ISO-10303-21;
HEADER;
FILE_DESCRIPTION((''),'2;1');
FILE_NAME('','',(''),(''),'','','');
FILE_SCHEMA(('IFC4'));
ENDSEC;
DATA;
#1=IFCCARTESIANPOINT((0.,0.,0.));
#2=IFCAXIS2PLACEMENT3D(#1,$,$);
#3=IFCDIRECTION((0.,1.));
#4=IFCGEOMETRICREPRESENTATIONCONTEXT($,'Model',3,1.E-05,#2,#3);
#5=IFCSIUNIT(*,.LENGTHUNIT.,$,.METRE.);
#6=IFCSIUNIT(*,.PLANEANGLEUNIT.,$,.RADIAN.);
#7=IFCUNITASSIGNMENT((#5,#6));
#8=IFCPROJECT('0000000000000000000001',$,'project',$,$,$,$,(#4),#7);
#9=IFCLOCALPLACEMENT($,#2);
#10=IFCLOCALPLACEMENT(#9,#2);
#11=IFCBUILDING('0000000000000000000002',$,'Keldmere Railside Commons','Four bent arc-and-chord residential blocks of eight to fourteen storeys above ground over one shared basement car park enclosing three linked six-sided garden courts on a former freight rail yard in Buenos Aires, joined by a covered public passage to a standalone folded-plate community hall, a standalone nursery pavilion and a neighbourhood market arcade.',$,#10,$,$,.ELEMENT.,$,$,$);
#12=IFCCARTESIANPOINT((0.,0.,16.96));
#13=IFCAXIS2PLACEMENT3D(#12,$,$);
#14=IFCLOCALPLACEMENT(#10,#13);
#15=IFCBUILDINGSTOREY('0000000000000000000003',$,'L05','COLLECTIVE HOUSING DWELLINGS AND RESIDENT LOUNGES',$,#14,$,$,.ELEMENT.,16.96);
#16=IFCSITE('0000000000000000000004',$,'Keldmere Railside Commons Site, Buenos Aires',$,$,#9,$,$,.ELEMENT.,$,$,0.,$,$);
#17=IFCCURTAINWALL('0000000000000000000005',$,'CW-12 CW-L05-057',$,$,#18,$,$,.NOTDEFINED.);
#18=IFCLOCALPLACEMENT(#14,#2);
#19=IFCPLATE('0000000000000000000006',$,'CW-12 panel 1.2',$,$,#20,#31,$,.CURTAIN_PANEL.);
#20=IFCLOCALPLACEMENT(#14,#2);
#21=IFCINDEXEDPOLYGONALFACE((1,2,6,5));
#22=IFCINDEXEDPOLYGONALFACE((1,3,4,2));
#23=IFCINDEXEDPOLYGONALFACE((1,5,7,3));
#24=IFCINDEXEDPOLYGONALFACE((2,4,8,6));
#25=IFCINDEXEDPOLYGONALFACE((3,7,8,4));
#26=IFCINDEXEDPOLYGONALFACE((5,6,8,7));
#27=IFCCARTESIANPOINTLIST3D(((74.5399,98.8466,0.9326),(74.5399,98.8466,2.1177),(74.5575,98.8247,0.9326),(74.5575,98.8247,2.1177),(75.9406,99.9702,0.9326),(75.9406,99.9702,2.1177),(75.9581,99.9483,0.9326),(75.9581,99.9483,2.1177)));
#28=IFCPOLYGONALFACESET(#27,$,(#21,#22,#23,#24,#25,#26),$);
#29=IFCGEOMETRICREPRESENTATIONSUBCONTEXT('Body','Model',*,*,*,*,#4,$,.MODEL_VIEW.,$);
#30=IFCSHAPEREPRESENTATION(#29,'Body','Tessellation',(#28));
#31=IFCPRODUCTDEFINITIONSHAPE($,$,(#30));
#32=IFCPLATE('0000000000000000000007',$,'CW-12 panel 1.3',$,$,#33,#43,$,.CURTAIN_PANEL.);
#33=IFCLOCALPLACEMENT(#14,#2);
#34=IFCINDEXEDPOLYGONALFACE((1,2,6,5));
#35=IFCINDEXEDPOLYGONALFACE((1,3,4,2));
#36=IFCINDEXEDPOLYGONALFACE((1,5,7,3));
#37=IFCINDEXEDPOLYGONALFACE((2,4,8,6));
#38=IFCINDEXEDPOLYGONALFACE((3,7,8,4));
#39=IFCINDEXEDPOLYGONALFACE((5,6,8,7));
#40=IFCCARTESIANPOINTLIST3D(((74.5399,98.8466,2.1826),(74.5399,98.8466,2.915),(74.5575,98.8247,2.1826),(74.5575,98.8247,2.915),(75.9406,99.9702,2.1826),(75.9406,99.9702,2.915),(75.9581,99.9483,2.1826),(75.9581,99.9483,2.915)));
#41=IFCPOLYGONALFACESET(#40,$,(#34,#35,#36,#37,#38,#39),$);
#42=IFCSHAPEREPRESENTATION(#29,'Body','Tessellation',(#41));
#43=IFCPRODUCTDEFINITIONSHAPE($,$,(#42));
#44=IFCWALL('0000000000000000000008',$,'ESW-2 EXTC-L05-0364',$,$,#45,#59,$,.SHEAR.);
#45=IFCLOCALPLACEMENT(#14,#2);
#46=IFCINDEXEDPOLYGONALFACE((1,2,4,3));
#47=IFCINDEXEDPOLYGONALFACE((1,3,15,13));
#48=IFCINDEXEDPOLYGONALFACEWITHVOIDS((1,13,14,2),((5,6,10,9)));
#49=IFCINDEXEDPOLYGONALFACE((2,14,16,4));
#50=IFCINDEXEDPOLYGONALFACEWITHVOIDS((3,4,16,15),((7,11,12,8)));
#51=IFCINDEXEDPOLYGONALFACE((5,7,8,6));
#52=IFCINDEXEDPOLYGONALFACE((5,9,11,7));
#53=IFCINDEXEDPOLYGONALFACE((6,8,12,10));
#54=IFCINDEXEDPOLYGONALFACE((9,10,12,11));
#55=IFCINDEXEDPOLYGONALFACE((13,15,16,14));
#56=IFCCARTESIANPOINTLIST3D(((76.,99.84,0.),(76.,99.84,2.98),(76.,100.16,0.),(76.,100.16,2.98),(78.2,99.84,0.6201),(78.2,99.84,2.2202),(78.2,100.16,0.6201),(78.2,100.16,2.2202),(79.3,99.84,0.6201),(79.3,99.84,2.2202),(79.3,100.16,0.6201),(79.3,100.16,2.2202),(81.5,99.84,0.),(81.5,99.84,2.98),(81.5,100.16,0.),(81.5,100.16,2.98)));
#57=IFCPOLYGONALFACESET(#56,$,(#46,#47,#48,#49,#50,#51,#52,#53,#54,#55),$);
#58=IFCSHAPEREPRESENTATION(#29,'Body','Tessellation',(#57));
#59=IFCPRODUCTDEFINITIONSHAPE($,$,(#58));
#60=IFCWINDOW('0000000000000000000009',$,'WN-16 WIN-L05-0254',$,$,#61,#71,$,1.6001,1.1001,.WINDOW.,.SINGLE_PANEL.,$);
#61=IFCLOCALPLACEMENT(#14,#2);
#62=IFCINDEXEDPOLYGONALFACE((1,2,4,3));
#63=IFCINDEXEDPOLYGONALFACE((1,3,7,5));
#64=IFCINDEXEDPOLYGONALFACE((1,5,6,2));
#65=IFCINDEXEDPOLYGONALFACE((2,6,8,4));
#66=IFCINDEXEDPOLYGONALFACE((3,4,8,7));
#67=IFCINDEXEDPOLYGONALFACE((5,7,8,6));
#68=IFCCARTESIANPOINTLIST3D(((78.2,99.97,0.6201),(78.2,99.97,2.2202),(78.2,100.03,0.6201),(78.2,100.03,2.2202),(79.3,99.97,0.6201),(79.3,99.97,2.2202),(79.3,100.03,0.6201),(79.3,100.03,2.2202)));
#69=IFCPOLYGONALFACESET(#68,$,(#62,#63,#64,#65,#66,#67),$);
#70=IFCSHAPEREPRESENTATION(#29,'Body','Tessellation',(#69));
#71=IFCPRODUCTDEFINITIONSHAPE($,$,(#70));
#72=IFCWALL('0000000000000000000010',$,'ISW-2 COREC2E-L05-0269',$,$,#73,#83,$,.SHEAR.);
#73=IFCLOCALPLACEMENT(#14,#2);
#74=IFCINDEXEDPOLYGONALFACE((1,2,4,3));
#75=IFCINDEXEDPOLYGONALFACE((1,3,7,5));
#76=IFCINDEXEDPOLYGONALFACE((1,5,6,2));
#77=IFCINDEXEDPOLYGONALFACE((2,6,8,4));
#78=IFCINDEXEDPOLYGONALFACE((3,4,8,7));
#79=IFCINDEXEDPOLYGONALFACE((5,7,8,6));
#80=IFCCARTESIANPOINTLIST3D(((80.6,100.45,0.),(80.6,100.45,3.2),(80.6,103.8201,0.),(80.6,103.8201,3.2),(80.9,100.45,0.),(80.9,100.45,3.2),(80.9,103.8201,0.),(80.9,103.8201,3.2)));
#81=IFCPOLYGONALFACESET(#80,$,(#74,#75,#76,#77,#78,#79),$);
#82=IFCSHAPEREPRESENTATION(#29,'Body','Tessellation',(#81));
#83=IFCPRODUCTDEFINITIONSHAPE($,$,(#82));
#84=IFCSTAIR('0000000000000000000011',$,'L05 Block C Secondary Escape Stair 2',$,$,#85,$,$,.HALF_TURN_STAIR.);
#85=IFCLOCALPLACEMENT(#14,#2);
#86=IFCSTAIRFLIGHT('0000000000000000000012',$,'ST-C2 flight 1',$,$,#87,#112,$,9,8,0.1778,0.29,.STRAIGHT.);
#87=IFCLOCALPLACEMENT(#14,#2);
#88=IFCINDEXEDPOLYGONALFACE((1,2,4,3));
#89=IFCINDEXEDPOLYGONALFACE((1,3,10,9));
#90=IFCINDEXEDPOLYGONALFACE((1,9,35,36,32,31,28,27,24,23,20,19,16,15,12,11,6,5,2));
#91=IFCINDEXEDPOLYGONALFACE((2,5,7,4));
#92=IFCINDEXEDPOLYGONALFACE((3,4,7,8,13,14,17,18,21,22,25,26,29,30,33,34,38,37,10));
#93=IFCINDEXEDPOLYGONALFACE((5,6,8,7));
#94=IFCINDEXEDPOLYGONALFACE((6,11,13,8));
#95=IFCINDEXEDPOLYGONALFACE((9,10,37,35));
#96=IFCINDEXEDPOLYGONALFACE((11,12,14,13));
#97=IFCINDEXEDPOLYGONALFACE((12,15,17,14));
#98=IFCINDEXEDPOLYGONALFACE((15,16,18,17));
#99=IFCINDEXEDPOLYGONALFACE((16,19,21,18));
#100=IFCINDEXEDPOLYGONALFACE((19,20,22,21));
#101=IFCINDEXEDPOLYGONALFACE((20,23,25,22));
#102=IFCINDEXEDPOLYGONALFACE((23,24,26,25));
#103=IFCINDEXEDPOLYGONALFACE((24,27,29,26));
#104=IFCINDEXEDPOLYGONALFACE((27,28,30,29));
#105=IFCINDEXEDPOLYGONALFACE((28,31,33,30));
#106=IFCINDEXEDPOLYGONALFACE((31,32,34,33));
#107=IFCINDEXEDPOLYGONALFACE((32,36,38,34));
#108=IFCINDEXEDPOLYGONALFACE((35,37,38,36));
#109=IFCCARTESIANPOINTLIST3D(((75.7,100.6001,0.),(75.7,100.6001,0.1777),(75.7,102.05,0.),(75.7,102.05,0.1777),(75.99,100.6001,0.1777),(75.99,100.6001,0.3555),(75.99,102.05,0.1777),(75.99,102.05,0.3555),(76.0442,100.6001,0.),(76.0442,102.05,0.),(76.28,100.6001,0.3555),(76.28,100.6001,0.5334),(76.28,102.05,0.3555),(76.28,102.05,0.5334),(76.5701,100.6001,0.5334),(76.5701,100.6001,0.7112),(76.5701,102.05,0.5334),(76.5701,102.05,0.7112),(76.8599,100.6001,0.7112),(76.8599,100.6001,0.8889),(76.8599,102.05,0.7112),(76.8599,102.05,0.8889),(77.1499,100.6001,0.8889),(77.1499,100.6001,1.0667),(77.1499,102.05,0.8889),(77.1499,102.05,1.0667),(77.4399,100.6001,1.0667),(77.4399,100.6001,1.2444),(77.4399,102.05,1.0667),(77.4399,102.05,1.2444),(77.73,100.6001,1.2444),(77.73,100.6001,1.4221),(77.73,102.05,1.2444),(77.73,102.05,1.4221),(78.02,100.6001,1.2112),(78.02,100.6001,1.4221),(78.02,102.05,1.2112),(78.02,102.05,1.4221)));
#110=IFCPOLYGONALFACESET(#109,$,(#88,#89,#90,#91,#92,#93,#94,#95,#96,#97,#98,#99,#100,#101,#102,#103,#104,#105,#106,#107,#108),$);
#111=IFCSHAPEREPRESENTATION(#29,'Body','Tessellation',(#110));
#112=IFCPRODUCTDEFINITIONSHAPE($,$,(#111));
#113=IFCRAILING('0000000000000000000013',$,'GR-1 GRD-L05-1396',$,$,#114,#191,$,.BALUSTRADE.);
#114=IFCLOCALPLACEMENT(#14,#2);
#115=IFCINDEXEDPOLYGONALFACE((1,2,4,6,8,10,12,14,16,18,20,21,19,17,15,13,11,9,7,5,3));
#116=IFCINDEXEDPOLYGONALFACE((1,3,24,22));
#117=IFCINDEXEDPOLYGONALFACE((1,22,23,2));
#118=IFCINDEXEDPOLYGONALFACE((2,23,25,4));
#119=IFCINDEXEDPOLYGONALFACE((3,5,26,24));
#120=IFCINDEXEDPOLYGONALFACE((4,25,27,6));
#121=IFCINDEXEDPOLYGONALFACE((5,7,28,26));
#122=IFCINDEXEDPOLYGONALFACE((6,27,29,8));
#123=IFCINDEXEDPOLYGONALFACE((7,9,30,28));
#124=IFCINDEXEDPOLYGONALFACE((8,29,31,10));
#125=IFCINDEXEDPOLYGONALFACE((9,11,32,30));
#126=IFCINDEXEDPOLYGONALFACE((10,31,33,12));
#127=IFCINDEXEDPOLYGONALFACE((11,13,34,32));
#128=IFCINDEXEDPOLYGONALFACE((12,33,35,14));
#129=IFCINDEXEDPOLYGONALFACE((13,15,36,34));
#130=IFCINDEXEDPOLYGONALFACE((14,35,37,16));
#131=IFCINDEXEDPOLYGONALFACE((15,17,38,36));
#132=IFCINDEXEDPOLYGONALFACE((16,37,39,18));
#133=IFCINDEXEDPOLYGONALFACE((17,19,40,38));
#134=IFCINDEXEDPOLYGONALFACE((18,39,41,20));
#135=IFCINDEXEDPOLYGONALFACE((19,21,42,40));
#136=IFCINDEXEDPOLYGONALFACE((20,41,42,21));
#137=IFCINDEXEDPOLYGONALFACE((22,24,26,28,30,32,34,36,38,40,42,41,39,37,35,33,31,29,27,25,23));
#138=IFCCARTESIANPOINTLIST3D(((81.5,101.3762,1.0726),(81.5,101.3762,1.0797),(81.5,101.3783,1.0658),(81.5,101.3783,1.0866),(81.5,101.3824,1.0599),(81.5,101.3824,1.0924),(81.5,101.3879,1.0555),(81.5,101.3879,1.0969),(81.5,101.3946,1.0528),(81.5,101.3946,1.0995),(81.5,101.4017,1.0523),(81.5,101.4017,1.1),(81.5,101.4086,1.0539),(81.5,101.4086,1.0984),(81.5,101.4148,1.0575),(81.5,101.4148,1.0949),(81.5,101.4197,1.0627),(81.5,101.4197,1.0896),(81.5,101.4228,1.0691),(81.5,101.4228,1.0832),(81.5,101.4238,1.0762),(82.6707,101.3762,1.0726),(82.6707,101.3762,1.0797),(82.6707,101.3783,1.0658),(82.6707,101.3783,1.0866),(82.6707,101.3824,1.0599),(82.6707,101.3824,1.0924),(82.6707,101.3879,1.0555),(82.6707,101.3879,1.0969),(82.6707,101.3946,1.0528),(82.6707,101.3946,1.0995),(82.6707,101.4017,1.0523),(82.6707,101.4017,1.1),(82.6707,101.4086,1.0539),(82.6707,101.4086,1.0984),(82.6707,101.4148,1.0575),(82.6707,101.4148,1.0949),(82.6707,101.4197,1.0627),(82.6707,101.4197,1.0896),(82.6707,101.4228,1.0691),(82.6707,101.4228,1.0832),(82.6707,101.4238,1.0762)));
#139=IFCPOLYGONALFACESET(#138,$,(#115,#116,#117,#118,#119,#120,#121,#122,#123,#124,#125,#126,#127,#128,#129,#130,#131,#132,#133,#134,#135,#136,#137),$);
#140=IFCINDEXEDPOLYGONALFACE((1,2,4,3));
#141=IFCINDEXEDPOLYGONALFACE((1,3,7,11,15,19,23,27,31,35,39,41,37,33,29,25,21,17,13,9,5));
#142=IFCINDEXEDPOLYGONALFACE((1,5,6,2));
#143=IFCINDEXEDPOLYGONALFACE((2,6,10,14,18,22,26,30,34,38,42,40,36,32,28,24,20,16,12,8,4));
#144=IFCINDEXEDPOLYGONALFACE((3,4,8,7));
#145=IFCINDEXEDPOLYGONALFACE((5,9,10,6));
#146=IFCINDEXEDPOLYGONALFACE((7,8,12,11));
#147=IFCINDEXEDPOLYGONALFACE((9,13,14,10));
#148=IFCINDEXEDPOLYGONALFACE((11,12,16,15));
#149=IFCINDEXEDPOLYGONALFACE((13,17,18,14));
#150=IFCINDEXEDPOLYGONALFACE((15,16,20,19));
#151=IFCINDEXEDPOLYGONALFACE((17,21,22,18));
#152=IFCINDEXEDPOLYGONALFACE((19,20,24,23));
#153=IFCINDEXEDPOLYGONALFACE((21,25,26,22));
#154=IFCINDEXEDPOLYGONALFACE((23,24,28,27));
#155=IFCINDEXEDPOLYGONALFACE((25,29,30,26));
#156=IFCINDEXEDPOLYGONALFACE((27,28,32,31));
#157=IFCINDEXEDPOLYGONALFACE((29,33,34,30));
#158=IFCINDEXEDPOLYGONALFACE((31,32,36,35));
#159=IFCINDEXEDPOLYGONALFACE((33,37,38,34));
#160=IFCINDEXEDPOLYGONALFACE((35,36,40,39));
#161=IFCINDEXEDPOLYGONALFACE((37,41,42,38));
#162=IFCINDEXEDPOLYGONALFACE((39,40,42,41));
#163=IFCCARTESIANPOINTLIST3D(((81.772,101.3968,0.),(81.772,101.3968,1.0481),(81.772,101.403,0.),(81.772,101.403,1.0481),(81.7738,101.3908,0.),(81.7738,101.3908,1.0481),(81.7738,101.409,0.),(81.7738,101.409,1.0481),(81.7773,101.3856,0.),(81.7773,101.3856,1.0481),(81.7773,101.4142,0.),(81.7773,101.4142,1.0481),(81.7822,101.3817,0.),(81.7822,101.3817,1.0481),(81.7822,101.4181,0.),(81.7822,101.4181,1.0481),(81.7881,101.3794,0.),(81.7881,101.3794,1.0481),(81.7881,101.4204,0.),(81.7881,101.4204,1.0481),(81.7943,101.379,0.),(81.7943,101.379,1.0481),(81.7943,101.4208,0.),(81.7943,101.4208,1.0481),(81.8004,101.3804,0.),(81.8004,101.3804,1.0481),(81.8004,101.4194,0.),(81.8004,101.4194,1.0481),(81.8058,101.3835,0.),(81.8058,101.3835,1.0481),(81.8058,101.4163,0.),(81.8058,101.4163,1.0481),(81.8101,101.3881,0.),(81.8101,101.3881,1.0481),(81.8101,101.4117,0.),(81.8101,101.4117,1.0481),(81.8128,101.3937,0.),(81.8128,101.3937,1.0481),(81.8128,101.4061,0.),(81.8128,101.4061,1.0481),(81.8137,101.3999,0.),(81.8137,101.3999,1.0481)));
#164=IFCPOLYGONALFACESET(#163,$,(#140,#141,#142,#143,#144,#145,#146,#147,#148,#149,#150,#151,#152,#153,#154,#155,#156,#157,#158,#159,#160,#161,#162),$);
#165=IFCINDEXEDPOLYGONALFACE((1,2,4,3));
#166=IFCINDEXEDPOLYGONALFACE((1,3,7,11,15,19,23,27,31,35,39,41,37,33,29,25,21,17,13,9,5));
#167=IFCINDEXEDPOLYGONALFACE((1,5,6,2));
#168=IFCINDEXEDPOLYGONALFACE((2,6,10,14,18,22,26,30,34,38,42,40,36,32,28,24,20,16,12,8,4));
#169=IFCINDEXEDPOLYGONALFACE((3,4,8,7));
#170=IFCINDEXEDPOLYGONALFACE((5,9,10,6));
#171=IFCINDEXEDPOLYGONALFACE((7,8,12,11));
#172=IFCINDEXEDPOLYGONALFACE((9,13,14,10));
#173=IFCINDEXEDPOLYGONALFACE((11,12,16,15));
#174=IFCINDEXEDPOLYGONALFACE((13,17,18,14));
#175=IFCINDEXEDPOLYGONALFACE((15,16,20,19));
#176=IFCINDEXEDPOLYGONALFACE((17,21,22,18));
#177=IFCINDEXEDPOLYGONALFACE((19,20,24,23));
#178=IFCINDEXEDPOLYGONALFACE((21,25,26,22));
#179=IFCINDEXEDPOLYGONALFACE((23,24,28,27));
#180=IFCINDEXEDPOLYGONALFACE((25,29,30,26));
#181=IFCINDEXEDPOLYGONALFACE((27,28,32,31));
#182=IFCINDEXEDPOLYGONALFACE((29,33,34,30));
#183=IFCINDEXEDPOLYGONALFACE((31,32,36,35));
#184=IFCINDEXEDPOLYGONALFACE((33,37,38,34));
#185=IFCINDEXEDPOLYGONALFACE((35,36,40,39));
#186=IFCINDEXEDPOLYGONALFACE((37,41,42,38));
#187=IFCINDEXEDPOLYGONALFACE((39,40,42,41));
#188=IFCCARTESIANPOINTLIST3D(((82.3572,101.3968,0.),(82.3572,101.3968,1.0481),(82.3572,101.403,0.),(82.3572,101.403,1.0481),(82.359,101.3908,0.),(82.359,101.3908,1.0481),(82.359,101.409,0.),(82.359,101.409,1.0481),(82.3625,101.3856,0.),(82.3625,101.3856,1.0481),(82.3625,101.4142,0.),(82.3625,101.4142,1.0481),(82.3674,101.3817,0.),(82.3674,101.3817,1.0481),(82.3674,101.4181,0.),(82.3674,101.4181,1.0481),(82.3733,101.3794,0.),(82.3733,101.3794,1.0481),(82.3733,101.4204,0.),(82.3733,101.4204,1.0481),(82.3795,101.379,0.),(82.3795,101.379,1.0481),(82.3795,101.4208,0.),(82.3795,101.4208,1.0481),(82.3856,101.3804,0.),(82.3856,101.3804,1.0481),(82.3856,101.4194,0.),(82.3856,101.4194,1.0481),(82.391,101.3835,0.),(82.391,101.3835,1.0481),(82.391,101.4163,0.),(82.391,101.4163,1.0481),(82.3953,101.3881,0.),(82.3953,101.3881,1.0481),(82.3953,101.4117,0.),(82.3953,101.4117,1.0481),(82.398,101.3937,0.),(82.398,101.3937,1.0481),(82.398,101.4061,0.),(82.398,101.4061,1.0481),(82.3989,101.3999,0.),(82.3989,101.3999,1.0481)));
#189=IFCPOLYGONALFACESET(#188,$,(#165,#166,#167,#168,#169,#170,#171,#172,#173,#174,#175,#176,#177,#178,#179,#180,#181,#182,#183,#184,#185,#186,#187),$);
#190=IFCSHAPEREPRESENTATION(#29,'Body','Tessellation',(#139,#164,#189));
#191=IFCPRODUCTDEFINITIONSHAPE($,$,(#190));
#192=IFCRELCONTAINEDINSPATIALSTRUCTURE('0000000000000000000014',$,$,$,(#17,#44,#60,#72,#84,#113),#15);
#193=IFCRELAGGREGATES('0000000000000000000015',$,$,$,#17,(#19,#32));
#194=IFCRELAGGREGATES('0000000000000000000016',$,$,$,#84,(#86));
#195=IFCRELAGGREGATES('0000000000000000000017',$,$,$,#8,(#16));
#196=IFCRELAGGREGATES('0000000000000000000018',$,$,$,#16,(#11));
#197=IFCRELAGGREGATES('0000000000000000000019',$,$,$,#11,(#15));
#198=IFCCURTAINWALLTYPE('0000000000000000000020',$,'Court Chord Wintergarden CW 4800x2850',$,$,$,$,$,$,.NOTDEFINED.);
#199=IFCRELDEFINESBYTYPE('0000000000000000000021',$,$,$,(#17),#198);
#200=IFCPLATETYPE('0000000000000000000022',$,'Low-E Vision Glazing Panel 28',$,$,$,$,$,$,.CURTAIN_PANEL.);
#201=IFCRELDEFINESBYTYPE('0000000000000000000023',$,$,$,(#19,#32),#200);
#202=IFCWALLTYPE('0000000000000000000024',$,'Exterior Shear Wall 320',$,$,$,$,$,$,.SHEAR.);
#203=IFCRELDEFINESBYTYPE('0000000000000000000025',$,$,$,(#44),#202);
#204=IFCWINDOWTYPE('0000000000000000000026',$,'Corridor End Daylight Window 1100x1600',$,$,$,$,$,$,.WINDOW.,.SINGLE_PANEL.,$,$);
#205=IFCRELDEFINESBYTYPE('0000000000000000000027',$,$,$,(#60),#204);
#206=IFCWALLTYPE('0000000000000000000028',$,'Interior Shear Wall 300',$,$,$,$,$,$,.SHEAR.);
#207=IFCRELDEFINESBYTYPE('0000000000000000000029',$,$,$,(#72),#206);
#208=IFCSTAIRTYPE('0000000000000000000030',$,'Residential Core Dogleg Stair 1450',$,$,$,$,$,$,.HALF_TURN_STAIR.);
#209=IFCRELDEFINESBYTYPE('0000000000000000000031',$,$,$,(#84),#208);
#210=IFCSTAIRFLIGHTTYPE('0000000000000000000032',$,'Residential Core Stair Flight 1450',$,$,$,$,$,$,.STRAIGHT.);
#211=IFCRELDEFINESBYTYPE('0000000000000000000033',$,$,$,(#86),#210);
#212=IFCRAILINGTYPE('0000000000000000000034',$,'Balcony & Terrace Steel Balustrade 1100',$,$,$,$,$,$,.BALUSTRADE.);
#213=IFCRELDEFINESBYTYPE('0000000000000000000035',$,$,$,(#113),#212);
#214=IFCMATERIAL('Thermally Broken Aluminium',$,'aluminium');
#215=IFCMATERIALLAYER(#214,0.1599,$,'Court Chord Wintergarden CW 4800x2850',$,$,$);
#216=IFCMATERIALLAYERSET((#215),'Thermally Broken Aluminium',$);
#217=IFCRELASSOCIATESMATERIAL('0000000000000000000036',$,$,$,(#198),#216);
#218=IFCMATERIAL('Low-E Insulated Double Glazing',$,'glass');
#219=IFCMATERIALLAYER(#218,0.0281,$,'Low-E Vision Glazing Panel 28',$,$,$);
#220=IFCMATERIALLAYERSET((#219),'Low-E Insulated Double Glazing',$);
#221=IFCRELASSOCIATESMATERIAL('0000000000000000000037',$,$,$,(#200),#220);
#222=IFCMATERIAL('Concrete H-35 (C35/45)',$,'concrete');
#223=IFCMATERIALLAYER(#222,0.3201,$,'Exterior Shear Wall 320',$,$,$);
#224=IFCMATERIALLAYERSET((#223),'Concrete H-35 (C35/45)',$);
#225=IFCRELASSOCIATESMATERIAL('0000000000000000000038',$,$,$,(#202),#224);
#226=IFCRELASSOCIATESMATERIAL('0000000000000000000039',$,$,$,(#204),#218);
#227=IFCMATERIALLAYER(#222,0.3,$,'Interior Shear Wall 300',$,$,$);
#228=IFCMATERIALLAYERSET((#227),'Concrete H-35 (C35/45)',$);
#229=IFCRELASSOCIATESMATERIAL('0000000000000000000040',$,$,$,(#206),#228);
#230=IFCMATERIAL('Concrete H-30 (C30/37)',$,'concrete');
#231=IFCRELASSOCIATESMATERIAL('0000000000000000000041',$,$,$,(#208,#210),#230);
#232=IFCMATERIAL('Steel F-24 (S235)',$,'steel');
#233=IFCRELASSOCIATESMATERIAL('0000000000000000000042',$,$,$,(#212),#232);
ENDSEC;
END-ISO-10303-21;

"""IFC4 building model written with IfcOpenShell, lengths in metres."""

from ifc_helpers import new_model, si_unit, direction, frame, frame_2d, origin, origin_2d, place, context, subcontext, project, spatial, polyline, rectangle, circle, outline, extrude, material, layer, layer_set, type_object, element, fill, aggregate, save


model = new_model("IFC4")

# Units and contexts
model_context = context("Model", 3, precision=1e-05, world=origin(), true_north=direction((0.0, 1.0)))
body_context = subcontext(model_context, "Body", "Model", "MODEL_VIEW")
ifc_project = project(units=[si_unit("LENGTHUNIT", "METRE"), si_unit("PLANEANGLEUNIT", "RADIAN")], contexts=[model_context])

# Site, building, storey
site_placement = place(None, origin())
site = spatial("IfcSite", under=ifc_project, at=site_placement, Name="Keldmere Railside Commons Site, Buenos Aires", CompositionType="ELEMENT", RefElevation=0.0)
building_placement = place(site_placement, origin())
building = spatial("IfcBuilding", under=site, at=building_placement, Name="Keldmere Railside Commons", Description="Four bent arc-and-chord residential blocks of eight to fourteen storeys above ground over one shared basement car park enclosing three linked six-sided garden courts on a former freight rail yard in Buenos Aires, joined by a covered public passage to a standalone folded-plate community hall, a standalone nursery pavilion and a neighbourhood market arcade.", CompositionType="ELEMENT")
storey_placement = place(building_placement, frame((0.0, 0.0, 16.96)))
storey = spatial("IfcBuildingStorey", under=building, at=storey_placement, Name="L05", Description="COLLECTIVE HOUSING DWELLINGS AND RESIDENT LOUNGES", CompositionType="ELEMENT", Elevation=16.96)

# Curtain wall, plates
ifc_material_1 = material(Name="Thermally Broken Aluminium", Category="aluminium")
ifc_layer_1 = layer(ifc_material_1, 0.1599, Name="Court Chord Wintergarden CW 4800x2850")
ifc_layer_set_1 = layer_set([ifc_layer_1], Name="Thermally Broken Aluminium")
curtain_wall_type = type_object("IfcCurtainWallType", Name="Court Chord Wintergarden CW 4800x2850", PredefinedType="NOTDEFINED", material=ifc_layer_set_1)
curtain_wall_placement = place(storey_placement, origin())
curtain_wall = element("IfcCurtainWall", 1, at=curtain_wall_placement, inside=storey, type_object=curtain_wall_type, Name="CW-12 CW-L05-057", PredefinedType="NOTDEFINED")
ifc_material_2 = material(Name="Low-E Insulated Double Glazing", Category="glass")
ifc_layer_2 = layer(ifc_material_2, 0.0281, Name="Low-E Vision Glazing Panel 28")
ifc_layer_set_2 = layer_set([ifc_layer_2], Name="Low-E Insulated Double Glazing")
plate_type = type_object("IfcPlateType", Name="Low-E Vision Glazing Panel 28", PredefinedType="CURTAIN_PANEL", material=ifc_layer_set_2)
plate_1_placement = place(storey_placement, frame((75.249, 99.3975, 0.9326), z_axis=(0.0, 0.0, 1.0), x_axis=(-0.780009, -0.625768, 0.0)))
plate_1 = element("IfcPlate", 2, at=plate_1_placement, type_object=plate_type, Name="CW-12 panel 1.2", PredefinedType="CURTAIN_PANEL", context=body_context, shape_type="SweptSolid", body=[
    extrude(rectangle(XDim=1.7957, YDim=0.0281, at=origin_2d()), origin(), (0.0, 0.0, 1.0), 1.1851),
])
plate_2_placement = place(storey_placement, frame((75.249, 99.3975, 2.1826), z_axis=(0.0, 0.0, 1.0), x_axis=(-0.780009, -0.625768, 0.0)))
plate_2 = element("IfcPlate", 3, at=plate_2_placement, type_object=plate_type, Name="CW-12 panel 1.3", PredefinedType="CURTAIN_PANEL", context=body_context, shape_type="SweptSolid", body=[
    extrude(rectangle(XDim=1.7957, YDim=0.0281, at=origin_2d()), origin(), (0.0, 0.0, 1.0), 0.7324),
])
aggregate(curtain_wall, [plate_1, plate_2])

# Wall, opening, window
ifc_material_3 = material(Name="Concrete H-35 (C35/45)", Category="concrete")
ifc_layer_3 = layer(ifc_material_3, 0.3201, Name="Exterior Shear Wall 320")
ifc_layer_set_3 = layer_set([ifc_layer_3], Name="Concrete H-35 (C35/45)")
wall_type_1 = type_object("IfcWallType", Name="Exterior Shear Wall 320", PredefinedType="SHEAR", material=ifc_layer_set_3)
wall_1_placement = place(storey_placement, frame((81.5, 100.0, 0.0), z_axis=(0.0, 0.0, 1.0), x_axis=(-1.0, 0.0, 0.0)))
wall_1 = element("IfcWall", 4, at=wall_1_placement, inside=storey, type_object=wall_type_1, Name="ESW-2 EXTC-L05-0364", PredefinedType="SHEAR", context=body_context, shape_type="SweptSolid", body=[
    extrude(rectangle(XDim=5.5, YDim=0.3201, at=frame_2d((2.75, 0.0))), origin(), (0.0, 0.0, 1.0), 2.98),
])
opening_placement = place(wall_1_placement, frame((2.2, 0.0, 0.6201)))
opening = element("IfcOpeningElement", 5, at=opening_placement, cuts=wall_1, PredefinedType="OPENING", context=body_context, shape_type="SweptSolid", body=[
    extrude(rectangle(XDim=1.1001, YDim=1.6001, at=frame_2d((0.55, 0.8))), frame((0.0, 0.1699, 0.0), z_axis=(0.0, -1.0, 0.0), x_axis=(1.0, 0.0, 0.0)), (0.0, 0.0, 1.0), 0.3401),
])
window_type = type_object("IfcWindowType", Name="Corridor End Daylight Window 1100x1600", PartitioningType="SINGLE_PANEL", PredefinedType="WINDOW", material=ifc_material_2)
window_placement = place(opening_placement, origin())
window = element("IfcWindow", 6, at=window_placement, inside=storey, type_object=window_type, Name="WN-16 WIN-L05-0254", OverallHeight=1.6001, OverallWidth=1.1001, PartitioningType="SINGLE_PANEL", PredefinedType="WINDOW", context=body_context, shape_type="SweptSolid", body=[
    extrude(rectangle(XDim=1.1001, YDim=1.6001, at=frame_2d((0.55, 0.8))), frame((0.0, 0.03, 0.0), z_axis=(0.0, -1.0, 0.0), x_axis=(1.0, 0.0, 0.0)), (0.0, 0.0, 1.0), 0.0601),
])
fill(opening, window)

# Wall
ifc_layer_4 = layer(ifc_material_3, 0.3, Name="Interior Shear Wall 300")
ifc_layer_set_4 = layer_set([ifc_layer_4], Name="Concrete H-35 (C35/45)")
wall_type_2 = type_object("IfcWallType", Name="Interior Shear Wall 300", PredefinedType="SHEAR", material=ifc_layer_set_4)
wall_2_placement = place(storey_placement, frame((80.75, 100.45, 0.0), z_axis=(0.0, 0.0, 1.0), x_axis=(0.0, 1.0, 0.0)))
element("IfcWall", 7, at=wall_2_placement, inside=storey, type_object=wall_type_2, Name="ISW-2 COREC2E-L05-0269", PredefinedType="SHEAR", context=body_context, shape_type="SweptSolid", body=[
    extrude(rectangle(XDim=3.3701, YDim=0.3, at=frame_2d((1.6851, 0.0))), origin(), (0.0, 0.0, 1.0), 3.2),
])

# Stair, stair flight
ifc_material_4 = material(Name="Concrete H-30 (C30/37)", Category="concrete")
stair_type = type_object("IfcStairType", Name="Residential Core Dogleg Stair 1450", PredefinedType="HALF_TURN_STAIR", material=ifc_material_4)
stair_placement = place(storey_placement, origin())
stair = element("IfcStair", 8, at=stair_placement, inside=storey, type_object=stair_type, Name="L05 Block C Secondary Escape Stair 2", PredefinedType="HALF_TURN_STAIR")
stair_flight_type = type_object("IfcStairFlightType", Name="Residential Core Stair Flight 1450", PredefinedType="STRAIGHT", material=ifc_material_4)
stair_flight_placement = place(storey_placement, frame((75.7, 101.325, 0.0), z_axis=(0.0, 0.0, 1.0), x_axis=(1.0, 0.0, 0.0)))
stair_flight = element("IfcStairFlight", 9, at=stair_flight_placement, type_object=stair_flight_type, Name="ST-C2 flight 1", NumberOfRisers=9, NumberOfTreads=8, PredefinedType="STRAIGHT", RiserHeight=0.1778, TreadLength=0.29, context=body_context, shape_type="SweptSolid", body=[
    extrude(outline(polyline([(0.0, 0.0), (0.0, 0.1777), (0.29, 0.1777), (0.29, 0.3555), (0.5801, 0.3555), (0.5801, 0.5334), (0.8701, 0.5334), (0.8701, 0.7112), (1.1599, 0.7112), (1.1599, 0.8889), (1.45, 0.8889), (1.45, 1.0667), (1.74, 1.0667), (1.74, 1.2444), (2.03, 1.2444), (2.03, 1.4221), (2.3201, 1.4221), (2.3201, 1.6001), (2.3201, 1.2112), (0.3442, 0.0), (0.0, 0.0)])), frame((0.0, 0.7251, 0.0), z_axis=(0.0, -1.0, 0.0), x_axis=(1.0, 0.0, 0.0)), (0.0, 0.0, 1.0), 1.45),
])
aggregate(stair, [stair_flight])

# Railing
ifc_material_5 = material(Name="Steel F-24 (S235)", Category="steel")
railing_type_1 = type_object("IfcRailingType", Name="Balcony & Terrace Steel Balustrade 1100", PredefinedType="BALUSTRADE", material=ifc_material_5)
railing_1_placement = place(storey_placement, frame((81.5, 101.3999, 0.0)))
element("IfcRailing", 10, at=railing_1_placement, inside=storey, type_object=railing_type_1, Name="GR-1 GRD-L05-1396", PredefinedType="BALUSTRADE", context=body_context, shape_type="SweptSolid", body=[
    extrude(circle(Radius=0.0239, at=origin_2d()), frame((0.0, 0.0, 1.0762), z_axis=(1.0, 0.0, 0.0), x_axis=(0.0, 1.0, 0.0)), (0.0, 0.0, 1.0), 1.1707),
    extrude(circle(Radius=0.021, at=origin_2d()), frame((0.2927, 0.0, 0.0)), (0.0, 0.0, 1.0), 1.0481),
    extrude(circle(Radius=0.021, at=origin_2d()), frame((0.8779, 0.0, 0.0)), (0.0, 0.0, 1.0), 1.0481),
])

save(model, "model.ifc")
